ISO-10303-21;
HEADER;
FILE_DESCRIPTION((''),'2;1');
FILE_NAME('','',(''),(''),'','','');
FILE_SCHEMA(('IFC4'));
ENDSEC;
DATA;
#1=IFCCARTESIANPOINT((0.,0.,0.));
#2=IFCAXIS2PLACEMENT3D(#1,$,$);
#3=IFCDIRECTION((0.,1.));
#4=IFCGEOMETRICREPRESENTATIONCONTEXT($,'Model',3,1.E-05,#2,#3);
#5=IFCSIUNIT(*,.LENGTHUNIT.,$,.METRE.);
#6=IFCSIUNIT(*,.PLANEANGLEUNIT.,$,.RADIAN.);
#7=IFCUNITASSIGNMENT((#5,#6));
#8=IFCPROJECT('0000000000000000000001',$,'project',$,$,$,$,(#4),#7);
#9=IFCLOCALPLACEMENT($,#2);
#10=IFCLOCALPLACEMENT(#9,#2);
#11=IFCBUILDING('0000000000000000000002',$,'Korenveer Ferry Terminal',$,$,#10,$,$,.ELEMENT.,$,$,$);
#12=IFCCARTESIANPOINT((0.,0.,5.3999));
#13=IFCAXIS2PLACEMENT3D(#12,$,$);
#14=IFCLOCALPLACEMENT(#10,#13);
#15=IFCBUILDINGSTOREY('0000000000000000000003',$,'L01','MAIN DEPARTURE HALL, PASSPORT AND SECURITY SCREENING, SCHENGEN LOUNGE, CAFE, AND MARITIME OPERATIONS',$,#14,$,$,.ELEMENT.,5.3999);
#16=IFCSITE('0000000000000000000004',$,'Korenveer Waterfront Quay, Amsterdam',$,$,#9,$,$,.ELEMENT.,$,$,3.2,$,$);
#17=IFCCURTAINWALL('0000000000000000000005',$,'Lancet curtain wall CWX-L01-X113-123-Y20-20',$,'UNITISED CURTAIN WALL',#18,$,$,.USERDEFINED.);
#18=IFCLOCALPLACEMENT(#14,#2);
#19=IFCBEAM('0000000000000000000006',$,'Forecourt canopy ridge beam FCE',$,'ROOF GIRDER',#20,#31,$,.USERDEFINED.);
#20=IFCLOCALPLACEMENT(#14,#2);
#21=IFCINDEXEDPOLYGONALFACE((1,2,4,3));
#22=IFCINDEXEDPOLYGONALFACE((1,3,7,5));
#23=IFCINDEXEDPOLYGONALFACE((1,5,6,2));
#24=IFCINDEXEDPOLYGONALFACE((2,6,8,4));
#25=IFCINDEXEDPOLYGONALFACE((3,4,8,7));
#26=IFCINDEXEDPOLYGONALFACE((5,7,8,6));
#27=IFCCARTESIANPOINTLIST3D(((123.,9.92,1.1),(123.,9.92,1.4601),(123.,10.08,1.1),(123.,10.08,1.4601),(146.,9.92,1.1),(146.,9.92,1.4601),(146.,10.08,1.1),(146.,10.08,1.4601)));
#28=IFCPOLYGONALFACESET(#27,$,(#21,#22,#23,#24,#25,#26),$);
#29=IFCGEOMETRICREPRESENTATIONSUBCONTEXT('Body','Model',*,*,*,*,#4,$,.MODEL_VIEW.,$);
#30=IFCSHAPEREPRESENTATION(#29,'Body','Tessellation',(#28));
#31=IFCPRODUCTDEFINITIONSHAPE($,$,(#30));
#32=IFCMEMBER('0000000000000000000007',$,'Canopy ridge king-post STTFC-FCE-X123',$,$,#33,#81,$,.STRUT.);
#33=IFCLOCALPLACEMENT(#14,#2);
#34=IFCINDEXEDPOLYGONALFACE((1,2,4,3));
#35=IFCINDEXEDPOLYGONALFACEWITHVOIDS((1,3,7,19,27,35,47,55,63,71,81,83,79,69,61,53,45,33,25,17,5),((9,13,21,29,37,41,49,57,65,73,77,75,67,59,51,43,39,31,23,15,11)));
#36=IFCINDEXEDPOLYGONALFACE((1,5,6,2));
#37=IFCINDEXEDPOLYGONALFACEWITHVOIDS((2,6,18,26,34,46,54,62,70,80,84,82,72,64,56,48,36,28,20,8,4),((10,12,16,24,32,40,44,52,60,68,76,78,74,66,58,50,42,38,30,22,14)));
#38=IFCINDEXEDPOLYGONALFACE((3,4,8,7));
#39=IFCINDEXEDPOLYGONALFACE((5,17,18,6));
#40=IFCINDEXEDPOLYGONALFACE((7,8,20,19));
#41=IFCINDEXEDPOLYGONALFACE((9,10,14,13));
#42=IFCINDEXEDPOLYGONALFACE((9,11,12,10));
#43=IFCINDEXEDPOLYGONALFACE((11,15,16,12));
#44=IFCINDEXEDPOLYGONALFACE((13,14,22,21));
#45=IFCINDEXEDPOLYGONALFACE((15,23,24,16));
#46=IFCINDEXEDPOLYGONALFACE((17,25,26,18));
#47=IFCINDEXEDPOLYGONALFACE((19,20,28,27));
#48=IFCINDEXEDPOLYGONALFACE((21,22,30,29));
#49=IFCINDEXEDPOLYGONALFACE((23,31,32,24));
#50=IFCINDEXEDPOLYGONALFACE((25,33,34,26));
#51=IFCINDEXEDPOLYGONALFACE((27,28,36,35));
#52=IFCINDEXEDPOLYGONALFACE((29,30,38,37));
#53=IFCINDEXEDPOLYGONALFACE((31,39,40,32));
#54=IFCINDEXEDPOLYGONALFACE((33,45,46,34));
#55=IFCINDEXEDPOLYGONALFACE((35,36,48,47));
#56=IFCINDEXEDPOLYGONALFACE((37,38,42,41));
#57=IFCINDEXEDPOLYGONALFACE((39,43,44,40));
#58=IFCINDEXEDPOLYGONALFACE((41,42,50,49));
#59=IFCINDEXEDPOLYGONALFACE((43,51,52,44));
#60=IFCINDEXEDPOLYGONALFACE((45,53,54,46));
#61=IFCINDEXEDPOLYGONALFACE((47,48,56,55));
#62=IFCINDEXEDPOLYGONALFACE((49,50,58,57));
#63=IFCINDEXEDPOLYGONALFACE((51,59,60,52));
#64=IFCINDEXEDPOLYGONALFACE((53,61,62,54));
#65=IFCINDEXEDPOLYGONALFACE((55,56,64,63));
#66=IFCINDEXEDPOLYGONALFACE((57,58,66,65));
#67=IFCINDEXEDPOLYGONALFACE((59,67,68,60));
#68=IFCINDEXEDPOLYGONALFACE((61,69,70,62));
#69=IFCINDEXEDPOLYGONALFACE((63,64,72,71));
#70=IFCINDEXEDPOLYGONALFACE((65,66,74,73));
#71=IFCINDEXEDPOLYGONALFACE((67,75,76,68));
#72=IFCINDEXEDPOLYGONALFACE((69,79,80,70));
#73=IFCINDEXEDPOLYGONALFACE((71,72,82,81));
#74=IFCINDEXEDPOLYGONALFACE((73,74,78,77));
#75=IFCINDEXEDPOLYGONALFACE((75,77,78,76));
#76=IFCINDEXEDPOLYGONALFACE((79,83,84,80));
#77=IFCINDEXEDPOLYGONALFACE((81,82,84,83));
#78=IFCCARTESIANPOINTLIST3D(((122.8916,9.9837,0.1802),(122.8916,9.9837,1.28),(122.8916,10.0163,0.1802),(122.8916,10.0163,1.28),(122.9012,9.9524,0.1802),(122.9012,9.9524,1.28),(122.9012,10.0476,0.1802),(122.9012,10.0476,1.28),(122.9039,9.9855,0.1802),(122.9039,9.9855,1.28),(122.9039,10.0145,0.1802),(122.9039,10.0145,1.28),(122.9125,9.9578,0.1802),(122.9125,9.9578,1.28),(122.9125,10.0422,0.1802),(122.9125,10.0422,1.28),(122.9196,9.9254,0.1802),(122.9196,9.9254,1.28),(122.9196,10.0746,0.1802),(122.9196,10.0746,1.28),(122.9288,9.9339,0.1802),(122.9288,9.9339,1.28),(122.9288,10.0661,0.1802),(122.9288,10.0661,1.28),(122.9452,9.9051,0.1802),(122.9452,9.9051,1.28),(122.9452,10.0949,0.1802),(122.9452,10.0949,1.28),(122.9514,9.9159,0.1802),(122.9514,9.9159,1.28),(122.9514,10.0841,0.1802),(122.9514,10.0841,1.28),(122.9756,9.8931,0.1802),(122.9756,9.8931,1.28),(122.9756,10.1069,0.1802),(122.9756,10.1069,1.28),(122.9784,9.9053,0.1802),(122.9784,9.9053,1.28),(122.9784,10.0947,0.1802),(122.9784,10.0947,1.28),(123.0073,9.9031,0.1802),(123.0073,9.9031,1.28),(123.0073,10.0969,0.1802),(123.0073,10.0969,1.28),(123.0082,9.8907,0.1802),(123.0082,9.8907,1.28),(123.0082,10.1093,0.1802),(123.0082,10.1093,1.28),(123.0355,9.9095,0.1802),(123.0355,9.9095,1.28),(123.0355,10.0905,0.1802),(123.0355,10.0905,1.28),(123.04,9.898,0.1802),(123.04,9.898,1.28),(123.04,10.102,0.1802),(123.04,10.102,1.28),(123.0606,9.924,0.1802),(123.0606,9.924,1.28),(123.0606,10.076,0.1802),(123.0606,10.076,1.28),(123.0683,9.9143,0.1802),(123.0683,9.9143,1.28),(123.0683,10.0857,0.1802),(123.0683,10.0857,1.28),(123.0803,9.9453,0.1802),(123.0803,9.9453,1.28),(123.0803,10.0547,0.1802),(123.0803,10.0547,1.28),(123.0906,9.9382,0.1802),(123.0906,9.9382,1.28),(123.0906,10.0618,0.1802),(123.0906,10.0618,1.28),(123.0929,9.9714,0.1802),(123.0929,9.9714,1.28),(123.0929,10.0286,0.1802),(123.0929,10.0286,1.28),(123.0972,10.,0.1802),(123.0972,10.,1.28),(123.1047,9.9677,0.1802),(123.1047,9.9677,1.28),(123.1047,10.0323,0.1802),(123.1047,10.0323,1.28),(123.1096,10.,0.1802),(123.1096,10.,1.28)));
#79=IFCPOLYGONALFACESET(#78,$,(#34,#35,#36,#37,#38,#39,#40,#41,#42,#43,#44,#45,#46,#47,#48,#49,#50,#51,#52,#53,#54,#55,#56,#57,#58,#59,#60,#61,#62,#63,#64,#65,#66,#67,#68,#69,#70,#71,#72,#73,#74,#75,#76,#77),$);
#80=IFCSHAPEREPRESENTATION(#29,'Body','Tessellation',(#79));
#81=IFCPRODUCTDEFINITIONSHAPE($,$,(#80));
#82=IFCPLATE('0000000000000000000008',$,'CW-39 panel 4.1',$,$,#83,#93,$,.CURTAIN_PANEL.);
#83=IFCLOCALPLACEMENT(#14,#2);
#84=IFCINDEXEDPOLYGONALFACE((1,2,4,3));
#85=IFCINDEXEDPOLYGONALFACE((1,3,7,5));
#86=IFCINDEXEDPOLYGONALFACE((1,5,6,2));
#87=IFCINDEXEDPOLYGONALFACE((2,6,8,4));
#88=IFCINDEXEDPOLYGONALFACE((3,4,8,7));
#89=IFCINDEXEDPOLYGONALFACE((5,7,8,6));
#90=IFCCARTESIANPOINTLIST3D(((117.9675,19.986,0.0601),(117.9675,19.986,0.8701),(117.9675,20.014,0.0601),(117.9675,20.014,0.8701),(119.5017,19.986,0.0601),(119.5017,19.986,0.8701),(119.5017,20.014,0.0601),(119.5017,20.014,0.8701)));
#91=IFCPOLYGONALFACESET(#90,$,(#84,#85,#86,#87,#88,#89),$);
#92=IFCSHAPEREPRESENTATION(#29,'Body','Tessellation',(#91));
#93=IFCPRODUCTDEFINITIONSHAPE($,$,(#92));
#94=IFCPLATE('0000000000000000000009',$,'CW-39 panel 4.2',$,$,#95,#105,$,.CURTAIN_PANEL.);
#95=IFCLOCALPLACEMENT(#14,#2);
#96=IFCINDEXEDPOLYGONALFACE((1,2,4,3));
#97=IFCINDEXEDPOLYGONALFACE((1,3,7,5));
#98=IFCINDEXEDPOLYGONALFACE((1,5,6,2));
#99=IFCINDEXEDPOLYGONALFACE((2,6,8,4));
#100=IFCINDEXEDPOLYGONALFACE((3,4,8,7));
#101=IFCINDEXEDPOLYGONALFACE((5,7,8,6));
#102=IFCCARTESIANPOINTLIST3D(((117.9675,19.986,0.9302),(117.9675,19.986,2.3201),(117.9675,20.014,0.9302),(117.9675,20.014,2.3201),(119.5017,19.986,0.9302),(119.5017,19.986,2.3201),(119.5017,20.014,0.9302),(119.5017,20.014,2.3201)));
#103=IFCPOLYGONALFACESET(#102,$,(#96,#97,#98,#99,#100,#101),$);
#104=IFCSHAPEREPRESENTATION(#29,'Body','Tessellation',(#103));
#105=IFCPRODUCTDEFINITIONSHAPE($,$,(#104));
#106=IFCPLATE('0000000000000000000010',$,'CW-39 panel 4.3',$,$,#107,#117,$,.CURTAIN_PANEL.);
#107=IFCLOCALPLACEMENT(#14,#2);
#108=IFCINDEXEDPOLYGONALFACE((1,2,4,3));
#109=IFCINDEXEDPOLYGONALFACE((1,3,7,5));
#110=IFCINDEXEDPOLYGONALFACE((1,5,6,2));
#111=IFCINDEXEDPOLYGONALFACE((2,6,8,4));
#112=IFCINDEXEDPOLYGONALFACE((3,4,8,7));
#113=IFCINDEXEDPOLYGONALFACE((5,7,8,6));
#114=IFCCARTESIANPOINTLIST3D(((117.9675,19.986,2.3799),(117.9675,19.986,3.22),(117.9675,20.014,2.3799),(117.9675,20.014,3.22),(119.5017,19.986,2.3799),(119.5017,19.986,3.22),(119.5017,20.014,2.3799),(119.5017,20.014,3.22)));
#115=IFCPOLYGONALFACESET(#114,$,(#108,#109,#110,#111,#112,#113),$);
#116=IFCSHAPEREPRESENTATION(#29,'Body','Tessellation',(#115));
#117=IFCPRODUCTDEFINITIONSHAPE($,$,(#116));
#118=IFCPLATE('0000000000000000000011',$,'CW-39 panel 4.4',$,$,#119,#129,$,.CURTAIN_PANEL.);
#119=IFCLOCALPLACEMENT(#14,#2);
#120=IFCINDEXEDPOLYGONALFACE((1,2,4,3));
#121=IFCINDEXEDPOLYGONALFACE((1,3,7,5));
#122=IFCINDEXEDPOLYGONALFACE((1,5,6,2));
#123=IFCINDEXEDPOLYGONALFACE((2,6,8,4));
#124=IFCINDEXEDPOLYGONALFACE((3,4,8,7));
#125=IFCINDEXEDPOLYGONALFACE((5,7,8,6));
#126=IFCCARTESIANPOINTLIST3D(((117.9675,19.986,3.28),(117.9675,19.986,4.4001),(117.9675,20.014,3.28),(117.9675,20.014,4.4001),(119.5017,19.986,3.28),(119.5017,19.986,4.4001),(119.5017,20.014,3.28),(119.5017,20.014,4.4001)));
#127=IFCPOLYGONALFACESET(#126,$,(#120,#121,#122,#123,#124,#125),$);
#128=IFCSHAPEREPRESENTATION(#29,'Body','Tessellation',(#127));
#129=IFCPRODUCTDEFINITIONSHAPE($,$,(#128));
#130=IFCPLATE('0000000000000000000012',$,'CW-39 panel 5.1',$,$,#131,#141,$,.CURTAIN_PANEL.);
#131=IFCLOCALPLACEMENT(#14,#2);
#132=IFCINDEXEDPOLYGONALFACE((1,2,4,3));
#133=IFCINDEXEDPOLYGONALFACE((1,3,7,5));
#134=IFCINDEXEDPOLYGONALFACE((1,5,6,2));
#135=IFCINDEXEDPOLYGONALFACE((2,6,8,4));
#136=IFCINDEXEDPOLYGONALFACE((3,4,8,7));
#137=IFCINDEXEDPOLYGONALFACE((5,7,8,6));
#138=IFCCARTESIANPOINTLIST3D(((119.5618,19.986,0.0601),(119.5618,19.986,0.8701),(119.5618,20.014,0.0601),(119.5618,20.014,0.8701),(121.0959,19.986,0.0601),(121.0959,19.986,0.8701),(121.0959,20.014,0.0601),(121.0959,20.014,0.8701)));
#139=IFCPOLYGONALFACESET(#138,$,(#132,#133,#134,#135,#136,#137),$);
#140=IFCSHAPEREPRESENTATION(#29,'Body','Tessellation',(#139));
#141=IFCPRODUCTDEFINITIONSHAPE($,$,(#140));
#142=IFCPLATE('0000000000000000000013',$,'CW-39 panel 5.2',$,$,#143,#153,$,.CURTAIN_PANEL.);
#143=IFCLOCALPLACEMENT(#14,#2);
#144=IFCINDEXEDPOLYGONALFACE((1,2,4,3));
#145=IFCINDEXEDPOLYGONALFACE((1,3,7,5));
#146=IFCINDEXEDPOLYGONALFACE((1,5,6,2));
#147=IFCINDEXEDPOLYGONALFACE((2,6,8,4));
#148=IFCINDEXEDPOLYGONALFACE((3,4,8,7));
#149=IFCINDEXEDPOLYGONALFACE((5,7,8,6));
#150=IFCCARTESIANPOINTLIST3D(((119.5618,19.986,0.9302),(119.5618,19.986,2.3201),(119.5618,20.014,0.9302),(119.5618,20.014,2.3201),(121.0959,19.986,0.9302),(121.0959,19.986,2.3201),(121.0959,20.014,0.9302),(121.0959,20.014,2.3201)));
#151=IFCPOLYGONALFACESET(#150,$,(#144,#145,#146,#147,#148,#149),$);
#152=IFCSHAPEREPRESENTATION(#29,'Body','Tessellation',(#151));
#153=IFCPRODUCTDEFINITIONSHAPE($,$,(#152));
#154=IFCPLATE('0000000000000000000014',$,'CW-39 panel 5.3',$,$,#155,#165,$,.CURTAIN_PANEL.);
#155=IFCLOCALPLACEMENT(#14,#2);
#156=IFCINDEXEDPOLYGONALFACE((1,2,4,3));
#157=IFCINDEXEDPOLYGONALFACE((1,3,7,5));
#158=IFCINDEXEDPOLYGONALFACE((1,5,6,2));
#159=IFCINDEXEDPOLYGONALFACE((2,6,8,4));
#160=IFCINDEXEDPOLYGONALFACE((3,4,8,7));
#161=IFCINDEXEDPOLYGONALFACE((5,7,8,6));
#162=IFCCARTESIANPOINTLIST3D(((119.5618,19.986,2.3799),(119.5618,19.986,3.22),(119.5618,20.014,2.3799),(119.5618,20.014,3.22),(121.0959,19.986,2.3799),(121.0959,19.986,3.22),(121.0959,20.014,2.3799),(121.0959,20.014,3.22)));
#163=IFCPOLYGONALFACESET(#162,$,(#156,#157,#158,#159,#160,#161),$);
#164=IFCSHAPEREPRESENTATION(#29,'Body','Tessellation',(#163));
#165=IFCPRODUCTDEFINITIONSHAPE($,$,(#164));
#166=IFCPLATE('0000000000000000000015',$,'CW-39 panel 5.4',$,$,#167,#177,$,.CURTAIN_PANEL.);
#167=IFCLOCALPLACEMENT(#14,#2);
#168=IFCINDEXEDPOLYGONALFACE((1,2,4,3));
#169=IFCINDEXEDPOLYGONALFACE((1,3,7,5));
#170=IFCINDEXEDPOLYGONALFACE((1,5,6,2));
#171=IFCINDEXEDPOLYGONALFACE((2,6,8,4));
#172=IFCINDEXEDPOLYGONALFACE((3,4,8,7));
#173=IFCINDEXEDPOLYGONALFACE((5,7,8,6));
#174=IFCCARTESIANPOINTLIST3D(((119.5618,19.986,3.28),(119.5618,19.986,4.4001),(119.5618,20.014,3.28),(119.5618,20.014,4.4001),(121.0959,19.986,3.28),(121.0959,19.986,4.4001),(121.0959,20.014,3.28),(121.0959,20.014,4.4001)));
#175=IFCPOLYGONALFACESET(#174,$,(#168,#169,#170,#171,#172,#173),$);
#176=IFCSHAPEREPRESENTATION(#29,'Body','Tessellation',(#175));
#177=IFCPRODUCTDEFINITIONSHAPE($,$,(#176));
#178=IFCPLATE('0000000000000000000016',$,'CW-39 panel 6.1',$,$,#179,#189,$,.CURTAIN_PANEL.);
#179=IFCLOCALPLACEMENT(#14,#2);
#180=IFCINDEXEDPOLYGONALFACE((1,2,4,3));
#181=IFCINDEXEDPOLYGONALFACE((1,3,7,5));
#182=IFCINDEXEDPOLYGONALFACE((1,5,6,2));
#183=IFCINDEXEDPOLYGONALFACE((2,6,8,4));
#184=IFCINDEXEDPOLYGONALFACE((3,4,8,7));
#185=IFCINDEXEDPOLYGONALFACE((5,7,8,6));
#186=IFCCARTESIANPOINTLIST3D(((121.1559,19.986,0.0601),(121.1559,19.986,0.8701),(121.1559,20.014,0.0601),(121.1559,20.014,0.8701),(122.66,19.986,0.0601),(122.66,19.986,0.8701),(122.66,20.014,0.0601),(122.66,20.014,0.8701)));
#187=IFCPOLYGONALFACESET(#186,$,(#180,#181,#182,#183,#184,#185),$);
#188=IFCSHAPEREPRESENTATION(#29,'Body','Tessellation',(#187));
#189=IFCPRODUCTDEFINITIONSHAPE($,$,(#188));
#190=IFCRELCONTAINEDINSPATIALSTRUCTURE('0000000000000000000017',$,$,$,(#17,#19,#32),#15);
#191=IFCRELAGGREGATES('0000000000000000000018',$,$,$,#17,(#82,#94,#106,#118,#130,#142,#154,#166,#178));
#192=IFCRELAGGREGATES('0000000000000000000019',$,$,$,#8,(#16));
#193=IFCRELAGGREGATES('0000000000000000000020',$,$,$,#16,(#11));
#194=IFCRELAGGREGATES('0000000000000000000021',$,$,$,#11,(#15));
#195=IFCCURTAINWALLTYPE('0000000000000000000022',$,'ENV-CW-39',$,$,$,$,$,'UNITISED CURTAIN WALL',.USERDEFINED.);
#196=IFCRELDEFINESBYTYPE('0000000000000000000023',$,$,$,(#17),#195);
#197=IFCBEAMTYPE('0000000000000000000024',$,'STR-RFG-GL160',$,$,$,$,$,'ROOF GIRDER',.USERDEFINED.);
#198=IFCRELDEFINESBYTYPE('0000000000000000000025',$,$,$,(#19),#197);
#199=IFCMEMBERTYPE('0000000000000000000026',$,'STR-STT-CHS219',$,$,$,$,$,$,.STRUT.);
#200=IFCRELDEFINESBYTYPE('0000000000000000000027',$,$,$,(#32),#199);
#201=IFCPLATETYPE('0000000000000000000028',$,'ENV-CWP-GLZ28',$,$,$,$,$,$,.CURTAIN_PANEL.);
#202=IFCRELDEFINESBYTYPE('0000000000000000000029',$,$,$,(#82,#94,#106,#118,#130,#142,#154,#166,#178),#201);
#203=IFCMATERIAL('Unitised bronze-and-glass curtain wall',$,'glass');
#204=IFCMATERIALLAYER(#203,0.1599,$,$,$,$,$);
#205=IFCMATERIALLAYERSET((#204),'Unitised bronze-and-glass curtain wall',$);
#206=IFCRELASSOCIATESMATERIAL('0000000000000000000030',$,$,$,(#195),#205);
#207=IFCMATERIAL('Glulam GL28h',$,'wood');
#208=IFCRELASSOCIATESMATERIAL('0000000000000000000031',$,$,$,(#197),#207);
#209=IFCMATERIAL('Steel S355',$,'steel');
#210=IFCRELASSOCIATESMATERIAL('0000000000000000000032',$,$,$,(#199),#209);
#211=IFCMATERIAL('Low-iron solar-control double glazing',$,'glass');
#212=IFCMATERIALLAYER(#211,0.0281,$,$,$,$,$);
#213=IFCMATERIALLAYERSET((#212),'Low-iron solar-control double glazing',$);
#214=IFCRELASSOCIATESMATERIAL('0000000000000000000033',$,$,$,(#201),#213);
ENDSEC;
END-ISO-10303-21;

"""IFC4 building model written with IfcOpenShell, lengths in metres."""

from ifc_helpers import new_model, si_unit, direction, frame, origin, origin_2d, place, context, subcontext, project, spatial, rectangle, hollow_circle, extrude, material, layer, layer_set, material_profile, profile_set, type_object, element, aggregate, save


model = new_model("IFC4")

# Units and contexts
model_context = context("Model", 3, precision=1e-05, world=origin(), true_north=direction((0.0, 1.0)))
body_context = subcontext(model_context, "Body", "Model", "MODEL_VIEW")
ifc_project = project(units=[si_unit("LENGTHUNIT", "METRE"), si_unit("PLANEANGLEUNIT", "RADIAN")], contexts=[model_context])

# Site, building, storey
site_placement = place(None, origin())
site = spatial("IfcSite", under=ifc_project, at=site_placement, Name="Korenveer Waterfront Quay, Amsterdam", CompositionType="ELEMENT", RefElevation=3.2)
building_placement = place(site_placement, origin())
building = spatial("IfcBuilding", under=site, at=building_placement, Name="Korenveer Ferry Terminal", CompositionType="ELEMENT")
storey_placement = place(building_placement, frame((0.0, 0.0, 5.3999)))
storey = spatial("IfcBuildingStorey", under=building, at=storey_placement, Name="L01", Description="MAIN DEPARTURE HALL, PASSPORT AND SECURITY SCREENING, SCHENGEN LOUNGE, CAFE, AND MARITIME OPERATIONS", CompositionType="ELEMENT", Elevation=5.3999)

# Curtain wall
ifc_material_1 = material(Name="Unitised bronze-and-glass curtain wall", Category="glass")
ifc_layer_1 = layer(ifc_material_1, 0.1599)
ifc_layer_set_1 = layer_set([ifc_layer_1], Name="Unitised bronze-and-glass curtain wall")
curtain_wall_type = type_object("IfcCurtainWallType", Name="ENV-CW-39", ElementType="UNITISED CURTAIN WALL", PredefinedType="USERDEFINED", material=ifc_layer_set_1)
curtain_wall_placement = place(storey_placement, frame((113.155, 20.0, 0.0)))
curtain_wall = element("IfcCurtainWall", 1, at=curtain_wall_placement, inside=storey, type_object=curtain_wall_type, Name="Lancet curtain wall CWX-L01-X113-123-Y20-20", ObjectType="UNITISED CURTAIN WALL", PredefinedType="USERDEFINED")

# Shared definitions
ifc_material_2 = material(Name="Steel S355", Category="steel")

# Shared definitions
ifc_material_3 = material(Name="Glulam GL28h", Category="wood")

# Beam
ifc_material_profile_1 = material_profile(ifc_material_3, rectangle(XDim=0.1599, YDim=0.3601, at=origin_2d()), Name="GL 160x360")
ifc_profile_set_1 = profile_set([ifc_material_profile_1], Name="Glulam GL28h")
beam_type_1 = type_object("IfcBeamType", Name="STR-RFG-GL160", ElementType="ROOF GIRDER", PredefinedType="USERDEFINED", material=ifc_profile_set_1)
beam_1_placement = place(storey_placement, frame((123.0, 10.0, 1.28), z_axis=(1.0, 0.0, 0.0), x_axis=(0.0, 1.0, 0.0)))
element("IfcBeam", 2, at=beam_1_placement, inside=storey, type_object=beam_type_1, Name="Forecourt canopy ridge beam FCE", ObjectType="ROOF GIRDER", PredefinedType="USERDEFINED", context=body_context, shape_type="SweptSolid", body=[
    extrude(rectangle(XDim=0.1599, YDim=0.3601, at=origin_2d()), origin(), (0.0, 0.0, 1.0), 23.0),
])

# Member
ifc_material_profile_2 = material_profile(ifc_material_2, hollow_circle(Radius=0.1096, WallThickness=0.0125, at=origin_2d()), Name="CHS 219.1x12.5")
ifc_profile_set_2 = profile_set([ifc_material_profile_2], Name="Steel S355")
member_type_1 = type_object("IfcMemberType", Name="STR-STT-CHS219", PredefinedType="STRUT", material=ifc_profile_set_2)
member_1_placement = place(storey_placement, frame((123.0, 10.0, 0.1802), z_axis=(0.0, 0.0, 1.0), x_axis=(1.0, 0.0, 0.0)))
element("IfcMember", 3, at=member_1_placement, inside=storey, type_object=member_type_1, Name="Canopy ridge king-post STTFC-FCE-X123", PredefinedType="STRUT", context=body_context, shape_type="SweptSolid", body=[
    extrude(hollow_circle(Radius=0.1096, WallThickness=0.0125, at=origin_2d()), origin(), (0.0, 0.0, 1.0), 1.0999),
])

# Plates
ifc_material_4 = material(Name="Low-iron solar-control double glazing", Category="glass")
ifc_layer_2 = layer(ifc_material_4, 0.0281)
ifc_layer_set_2 = layer_set([ifc_layer_2], Name="Low-iron solar-control double glazing")
plate_type_1 = type_object("IfcPlateType", Name="ENV-CWP-GLZ28", PredefinedType="CURTAIN_PANEL", material=ifc_layer_set_2)
plate_1_placement = place(storey_placement, frame((118.7346, 20.0, 0.0601), z_axis=(0.0, 0.0, 1.0), x_axis=(1.0, 0.0, 0.0)))
plate_1 = element("IfcPlate", 4, at=plate_1_placement, type_object=plate_type_1, Name="CW-39 panel 4.1", PredefinedType="CURTAIN_PANEL", context=body_context, shape_type="SweptSolid", body=[
    extrude(rectangle(XDim=1.5342, YDim=0.0281, at=origin_2d()), origin(), (0.0, 0.0, 1.0), 0.8101),
])
plate_2_placement = place(storey_placement, frame((118.7346, 20.0, 0.9302), z_axis=(0.0, 0.0, 1.0), x_axis=(1.0, 0.0, 0.0)))
plate_2 = element("IfcPlate", 5, at=plate_2_placement, type_object=plate_type_1, Name="CW-39 panel 4.2", PredefinedType="CURTAIN_PANEL", context=body_context, shape_type="SweptSolid", body=[
    extrude(rectangle(XDim=1.5342, YDim=0.0281, at=origin_2d()), origin(), (0.0, 0.0, 1.0), 1.3899),
])
plate_3_placement = place(storey_placement, frame((118.7346, 20.0, 2.3799), z_axis=(0.0, 0.0, 1.0), x_axis=(1.0, 0.0, 0.0)))
plate_3 = element("IfcPlate", 6, at=plate_3_placement, type_object=plate_type_1, Name="CW-39 panel 4.3", PredefinedType="CURTAIN_PANEL", context=body_context, shape_type="SweptSolid", body=[
    extrude(rectangle(XDim=1.5342, YDim=0.0281, at=origin_2d()), origin(), (0.0, 0.0, 1.0), 0.8401),
])
plate_4_placement = place(storey_placement, frame((118.7346, 20.0, 3.28), z_axis=(0.0, 0.0, 1.0), x_axis=(1.0, 0.0, 0.0)))
plate_4 = element("IfcPlate", 7, at=plate_4_placement, type_object=plate_type_1, Name="CW-39 panel 4.4", PredefinedType="CURTAIN_PANEL", context=body_context, shape_type="SweptSolid", body=[
    extrude(rectangle(XDim=1.5342, YDim=0.0281, at=origin_2d()), origin(), (0.0, 0.0, 1.0), 1.1201),
])
plate_5_placement = place(storey_placement, frame((120.3289, 20.0, 0.0601), z_axis=(0.0, 0.0, 1.0), x_axis=(1.0, 0.0, 0.0)))
plate_5 = element("IfcPlate", 8, at=plate_5_placement, type_object=plate_type_1, Name="CW-39 panel 5.1", PredefinedType="CURTAIN_PANEL", context=body_context, shape_type="SweptSolid", body=[
    extrude(rectangle(XDim=1.5342, YDim=0.0281, at=origin_2d()), origin(), (0.0, 0.0, 1.0), 0.8101),
])
plate_6_placement = place(storey_placement, frame((120.3289, 20.0, 0.9302), z_axis=(0.0, 0.0, 1.0), x_axis=(1.0, 0.0, 0.0)))
plate_6 = element("IfcPlate", 9, at=plate_6_placement, type_object=plate_type_1, Name="CW-39 panel 5.2", PredefinedType="CURTAIN_PANEL", context=body_context, shape_type="SweptSolid", body=[
    extrude(rectangle(XDim=1.5342, YDim=0.0281, at=origin_2d()), origin(), (0.0, 0.0, 1.0), 1.3899),
])
plate_7_placement = place(storey_placement, frame((120.3289, 20.0, 2.3799), z_axis=(0.0, 0.0, 1.0), x_axis=(1.0, 0.0, 0.0)))
plate_7 = element("IfcPlate", 10, at=plate_7_placement, type_object=plate_type_1, Name="CW-39 panel 5.3", PredefinedType="CURTAIN_PANEL", context=body_context, shape_type="SweptSolid", body=[
    extrude(rectangle(XDim=1.5342, YDim=0.0281, at=origin_2d()), origin(), (0.0, 0.0, 1.0), 0.8401),
])
plate_8_placement = place(storey_placement, frame((120.3289, 20.0, 3.28), z_axis=(0.0, 0.0, 1.0), x_axis=(1.0, 0.0, 0.0)))
plate_8 = element("IfcPlate", 11, at=plate_8_placement, type_object=plate_type_1, Name="CW-39 panel 5.4", PredefinedType="CURTAIN_PANEL", context=body_context, shape_type="SweptSolid", body=[
    extrude(rectangle(XDim=1.5342, YDim=0.0281, at=origin_2d()), origin(), (0.0, 0.0, 1.0), 1.1201),
])
plate_9_placement = place(storey_placement, frame((121.908, 20.0, 0.0601), z_axis=(0.0, 0.0, 1.0), x_axis=(1.0, 0.0, 0.0)))
plate_9 = element("IfcPlate", 12, at=plate_9_placement, type_object=plate_type_1, Name="CW-39 panel 6.1", PredefinedType="CURTAIN_PANEL", context=body_context, shape_type="SweptSolid", body=[
    extrude(rectangle(XDim=1.5042, YDim=0.0281, at=origin_2d()), origin(), (0.0, 0.0, 1.0), 0.8101),
])
aggregate(curtain_wall, [plate_1, plate_2, plate_3, plate_4, plate_5, plate_6, plate_7, plate_8, plate_9])

save(model, "model.ifc")
